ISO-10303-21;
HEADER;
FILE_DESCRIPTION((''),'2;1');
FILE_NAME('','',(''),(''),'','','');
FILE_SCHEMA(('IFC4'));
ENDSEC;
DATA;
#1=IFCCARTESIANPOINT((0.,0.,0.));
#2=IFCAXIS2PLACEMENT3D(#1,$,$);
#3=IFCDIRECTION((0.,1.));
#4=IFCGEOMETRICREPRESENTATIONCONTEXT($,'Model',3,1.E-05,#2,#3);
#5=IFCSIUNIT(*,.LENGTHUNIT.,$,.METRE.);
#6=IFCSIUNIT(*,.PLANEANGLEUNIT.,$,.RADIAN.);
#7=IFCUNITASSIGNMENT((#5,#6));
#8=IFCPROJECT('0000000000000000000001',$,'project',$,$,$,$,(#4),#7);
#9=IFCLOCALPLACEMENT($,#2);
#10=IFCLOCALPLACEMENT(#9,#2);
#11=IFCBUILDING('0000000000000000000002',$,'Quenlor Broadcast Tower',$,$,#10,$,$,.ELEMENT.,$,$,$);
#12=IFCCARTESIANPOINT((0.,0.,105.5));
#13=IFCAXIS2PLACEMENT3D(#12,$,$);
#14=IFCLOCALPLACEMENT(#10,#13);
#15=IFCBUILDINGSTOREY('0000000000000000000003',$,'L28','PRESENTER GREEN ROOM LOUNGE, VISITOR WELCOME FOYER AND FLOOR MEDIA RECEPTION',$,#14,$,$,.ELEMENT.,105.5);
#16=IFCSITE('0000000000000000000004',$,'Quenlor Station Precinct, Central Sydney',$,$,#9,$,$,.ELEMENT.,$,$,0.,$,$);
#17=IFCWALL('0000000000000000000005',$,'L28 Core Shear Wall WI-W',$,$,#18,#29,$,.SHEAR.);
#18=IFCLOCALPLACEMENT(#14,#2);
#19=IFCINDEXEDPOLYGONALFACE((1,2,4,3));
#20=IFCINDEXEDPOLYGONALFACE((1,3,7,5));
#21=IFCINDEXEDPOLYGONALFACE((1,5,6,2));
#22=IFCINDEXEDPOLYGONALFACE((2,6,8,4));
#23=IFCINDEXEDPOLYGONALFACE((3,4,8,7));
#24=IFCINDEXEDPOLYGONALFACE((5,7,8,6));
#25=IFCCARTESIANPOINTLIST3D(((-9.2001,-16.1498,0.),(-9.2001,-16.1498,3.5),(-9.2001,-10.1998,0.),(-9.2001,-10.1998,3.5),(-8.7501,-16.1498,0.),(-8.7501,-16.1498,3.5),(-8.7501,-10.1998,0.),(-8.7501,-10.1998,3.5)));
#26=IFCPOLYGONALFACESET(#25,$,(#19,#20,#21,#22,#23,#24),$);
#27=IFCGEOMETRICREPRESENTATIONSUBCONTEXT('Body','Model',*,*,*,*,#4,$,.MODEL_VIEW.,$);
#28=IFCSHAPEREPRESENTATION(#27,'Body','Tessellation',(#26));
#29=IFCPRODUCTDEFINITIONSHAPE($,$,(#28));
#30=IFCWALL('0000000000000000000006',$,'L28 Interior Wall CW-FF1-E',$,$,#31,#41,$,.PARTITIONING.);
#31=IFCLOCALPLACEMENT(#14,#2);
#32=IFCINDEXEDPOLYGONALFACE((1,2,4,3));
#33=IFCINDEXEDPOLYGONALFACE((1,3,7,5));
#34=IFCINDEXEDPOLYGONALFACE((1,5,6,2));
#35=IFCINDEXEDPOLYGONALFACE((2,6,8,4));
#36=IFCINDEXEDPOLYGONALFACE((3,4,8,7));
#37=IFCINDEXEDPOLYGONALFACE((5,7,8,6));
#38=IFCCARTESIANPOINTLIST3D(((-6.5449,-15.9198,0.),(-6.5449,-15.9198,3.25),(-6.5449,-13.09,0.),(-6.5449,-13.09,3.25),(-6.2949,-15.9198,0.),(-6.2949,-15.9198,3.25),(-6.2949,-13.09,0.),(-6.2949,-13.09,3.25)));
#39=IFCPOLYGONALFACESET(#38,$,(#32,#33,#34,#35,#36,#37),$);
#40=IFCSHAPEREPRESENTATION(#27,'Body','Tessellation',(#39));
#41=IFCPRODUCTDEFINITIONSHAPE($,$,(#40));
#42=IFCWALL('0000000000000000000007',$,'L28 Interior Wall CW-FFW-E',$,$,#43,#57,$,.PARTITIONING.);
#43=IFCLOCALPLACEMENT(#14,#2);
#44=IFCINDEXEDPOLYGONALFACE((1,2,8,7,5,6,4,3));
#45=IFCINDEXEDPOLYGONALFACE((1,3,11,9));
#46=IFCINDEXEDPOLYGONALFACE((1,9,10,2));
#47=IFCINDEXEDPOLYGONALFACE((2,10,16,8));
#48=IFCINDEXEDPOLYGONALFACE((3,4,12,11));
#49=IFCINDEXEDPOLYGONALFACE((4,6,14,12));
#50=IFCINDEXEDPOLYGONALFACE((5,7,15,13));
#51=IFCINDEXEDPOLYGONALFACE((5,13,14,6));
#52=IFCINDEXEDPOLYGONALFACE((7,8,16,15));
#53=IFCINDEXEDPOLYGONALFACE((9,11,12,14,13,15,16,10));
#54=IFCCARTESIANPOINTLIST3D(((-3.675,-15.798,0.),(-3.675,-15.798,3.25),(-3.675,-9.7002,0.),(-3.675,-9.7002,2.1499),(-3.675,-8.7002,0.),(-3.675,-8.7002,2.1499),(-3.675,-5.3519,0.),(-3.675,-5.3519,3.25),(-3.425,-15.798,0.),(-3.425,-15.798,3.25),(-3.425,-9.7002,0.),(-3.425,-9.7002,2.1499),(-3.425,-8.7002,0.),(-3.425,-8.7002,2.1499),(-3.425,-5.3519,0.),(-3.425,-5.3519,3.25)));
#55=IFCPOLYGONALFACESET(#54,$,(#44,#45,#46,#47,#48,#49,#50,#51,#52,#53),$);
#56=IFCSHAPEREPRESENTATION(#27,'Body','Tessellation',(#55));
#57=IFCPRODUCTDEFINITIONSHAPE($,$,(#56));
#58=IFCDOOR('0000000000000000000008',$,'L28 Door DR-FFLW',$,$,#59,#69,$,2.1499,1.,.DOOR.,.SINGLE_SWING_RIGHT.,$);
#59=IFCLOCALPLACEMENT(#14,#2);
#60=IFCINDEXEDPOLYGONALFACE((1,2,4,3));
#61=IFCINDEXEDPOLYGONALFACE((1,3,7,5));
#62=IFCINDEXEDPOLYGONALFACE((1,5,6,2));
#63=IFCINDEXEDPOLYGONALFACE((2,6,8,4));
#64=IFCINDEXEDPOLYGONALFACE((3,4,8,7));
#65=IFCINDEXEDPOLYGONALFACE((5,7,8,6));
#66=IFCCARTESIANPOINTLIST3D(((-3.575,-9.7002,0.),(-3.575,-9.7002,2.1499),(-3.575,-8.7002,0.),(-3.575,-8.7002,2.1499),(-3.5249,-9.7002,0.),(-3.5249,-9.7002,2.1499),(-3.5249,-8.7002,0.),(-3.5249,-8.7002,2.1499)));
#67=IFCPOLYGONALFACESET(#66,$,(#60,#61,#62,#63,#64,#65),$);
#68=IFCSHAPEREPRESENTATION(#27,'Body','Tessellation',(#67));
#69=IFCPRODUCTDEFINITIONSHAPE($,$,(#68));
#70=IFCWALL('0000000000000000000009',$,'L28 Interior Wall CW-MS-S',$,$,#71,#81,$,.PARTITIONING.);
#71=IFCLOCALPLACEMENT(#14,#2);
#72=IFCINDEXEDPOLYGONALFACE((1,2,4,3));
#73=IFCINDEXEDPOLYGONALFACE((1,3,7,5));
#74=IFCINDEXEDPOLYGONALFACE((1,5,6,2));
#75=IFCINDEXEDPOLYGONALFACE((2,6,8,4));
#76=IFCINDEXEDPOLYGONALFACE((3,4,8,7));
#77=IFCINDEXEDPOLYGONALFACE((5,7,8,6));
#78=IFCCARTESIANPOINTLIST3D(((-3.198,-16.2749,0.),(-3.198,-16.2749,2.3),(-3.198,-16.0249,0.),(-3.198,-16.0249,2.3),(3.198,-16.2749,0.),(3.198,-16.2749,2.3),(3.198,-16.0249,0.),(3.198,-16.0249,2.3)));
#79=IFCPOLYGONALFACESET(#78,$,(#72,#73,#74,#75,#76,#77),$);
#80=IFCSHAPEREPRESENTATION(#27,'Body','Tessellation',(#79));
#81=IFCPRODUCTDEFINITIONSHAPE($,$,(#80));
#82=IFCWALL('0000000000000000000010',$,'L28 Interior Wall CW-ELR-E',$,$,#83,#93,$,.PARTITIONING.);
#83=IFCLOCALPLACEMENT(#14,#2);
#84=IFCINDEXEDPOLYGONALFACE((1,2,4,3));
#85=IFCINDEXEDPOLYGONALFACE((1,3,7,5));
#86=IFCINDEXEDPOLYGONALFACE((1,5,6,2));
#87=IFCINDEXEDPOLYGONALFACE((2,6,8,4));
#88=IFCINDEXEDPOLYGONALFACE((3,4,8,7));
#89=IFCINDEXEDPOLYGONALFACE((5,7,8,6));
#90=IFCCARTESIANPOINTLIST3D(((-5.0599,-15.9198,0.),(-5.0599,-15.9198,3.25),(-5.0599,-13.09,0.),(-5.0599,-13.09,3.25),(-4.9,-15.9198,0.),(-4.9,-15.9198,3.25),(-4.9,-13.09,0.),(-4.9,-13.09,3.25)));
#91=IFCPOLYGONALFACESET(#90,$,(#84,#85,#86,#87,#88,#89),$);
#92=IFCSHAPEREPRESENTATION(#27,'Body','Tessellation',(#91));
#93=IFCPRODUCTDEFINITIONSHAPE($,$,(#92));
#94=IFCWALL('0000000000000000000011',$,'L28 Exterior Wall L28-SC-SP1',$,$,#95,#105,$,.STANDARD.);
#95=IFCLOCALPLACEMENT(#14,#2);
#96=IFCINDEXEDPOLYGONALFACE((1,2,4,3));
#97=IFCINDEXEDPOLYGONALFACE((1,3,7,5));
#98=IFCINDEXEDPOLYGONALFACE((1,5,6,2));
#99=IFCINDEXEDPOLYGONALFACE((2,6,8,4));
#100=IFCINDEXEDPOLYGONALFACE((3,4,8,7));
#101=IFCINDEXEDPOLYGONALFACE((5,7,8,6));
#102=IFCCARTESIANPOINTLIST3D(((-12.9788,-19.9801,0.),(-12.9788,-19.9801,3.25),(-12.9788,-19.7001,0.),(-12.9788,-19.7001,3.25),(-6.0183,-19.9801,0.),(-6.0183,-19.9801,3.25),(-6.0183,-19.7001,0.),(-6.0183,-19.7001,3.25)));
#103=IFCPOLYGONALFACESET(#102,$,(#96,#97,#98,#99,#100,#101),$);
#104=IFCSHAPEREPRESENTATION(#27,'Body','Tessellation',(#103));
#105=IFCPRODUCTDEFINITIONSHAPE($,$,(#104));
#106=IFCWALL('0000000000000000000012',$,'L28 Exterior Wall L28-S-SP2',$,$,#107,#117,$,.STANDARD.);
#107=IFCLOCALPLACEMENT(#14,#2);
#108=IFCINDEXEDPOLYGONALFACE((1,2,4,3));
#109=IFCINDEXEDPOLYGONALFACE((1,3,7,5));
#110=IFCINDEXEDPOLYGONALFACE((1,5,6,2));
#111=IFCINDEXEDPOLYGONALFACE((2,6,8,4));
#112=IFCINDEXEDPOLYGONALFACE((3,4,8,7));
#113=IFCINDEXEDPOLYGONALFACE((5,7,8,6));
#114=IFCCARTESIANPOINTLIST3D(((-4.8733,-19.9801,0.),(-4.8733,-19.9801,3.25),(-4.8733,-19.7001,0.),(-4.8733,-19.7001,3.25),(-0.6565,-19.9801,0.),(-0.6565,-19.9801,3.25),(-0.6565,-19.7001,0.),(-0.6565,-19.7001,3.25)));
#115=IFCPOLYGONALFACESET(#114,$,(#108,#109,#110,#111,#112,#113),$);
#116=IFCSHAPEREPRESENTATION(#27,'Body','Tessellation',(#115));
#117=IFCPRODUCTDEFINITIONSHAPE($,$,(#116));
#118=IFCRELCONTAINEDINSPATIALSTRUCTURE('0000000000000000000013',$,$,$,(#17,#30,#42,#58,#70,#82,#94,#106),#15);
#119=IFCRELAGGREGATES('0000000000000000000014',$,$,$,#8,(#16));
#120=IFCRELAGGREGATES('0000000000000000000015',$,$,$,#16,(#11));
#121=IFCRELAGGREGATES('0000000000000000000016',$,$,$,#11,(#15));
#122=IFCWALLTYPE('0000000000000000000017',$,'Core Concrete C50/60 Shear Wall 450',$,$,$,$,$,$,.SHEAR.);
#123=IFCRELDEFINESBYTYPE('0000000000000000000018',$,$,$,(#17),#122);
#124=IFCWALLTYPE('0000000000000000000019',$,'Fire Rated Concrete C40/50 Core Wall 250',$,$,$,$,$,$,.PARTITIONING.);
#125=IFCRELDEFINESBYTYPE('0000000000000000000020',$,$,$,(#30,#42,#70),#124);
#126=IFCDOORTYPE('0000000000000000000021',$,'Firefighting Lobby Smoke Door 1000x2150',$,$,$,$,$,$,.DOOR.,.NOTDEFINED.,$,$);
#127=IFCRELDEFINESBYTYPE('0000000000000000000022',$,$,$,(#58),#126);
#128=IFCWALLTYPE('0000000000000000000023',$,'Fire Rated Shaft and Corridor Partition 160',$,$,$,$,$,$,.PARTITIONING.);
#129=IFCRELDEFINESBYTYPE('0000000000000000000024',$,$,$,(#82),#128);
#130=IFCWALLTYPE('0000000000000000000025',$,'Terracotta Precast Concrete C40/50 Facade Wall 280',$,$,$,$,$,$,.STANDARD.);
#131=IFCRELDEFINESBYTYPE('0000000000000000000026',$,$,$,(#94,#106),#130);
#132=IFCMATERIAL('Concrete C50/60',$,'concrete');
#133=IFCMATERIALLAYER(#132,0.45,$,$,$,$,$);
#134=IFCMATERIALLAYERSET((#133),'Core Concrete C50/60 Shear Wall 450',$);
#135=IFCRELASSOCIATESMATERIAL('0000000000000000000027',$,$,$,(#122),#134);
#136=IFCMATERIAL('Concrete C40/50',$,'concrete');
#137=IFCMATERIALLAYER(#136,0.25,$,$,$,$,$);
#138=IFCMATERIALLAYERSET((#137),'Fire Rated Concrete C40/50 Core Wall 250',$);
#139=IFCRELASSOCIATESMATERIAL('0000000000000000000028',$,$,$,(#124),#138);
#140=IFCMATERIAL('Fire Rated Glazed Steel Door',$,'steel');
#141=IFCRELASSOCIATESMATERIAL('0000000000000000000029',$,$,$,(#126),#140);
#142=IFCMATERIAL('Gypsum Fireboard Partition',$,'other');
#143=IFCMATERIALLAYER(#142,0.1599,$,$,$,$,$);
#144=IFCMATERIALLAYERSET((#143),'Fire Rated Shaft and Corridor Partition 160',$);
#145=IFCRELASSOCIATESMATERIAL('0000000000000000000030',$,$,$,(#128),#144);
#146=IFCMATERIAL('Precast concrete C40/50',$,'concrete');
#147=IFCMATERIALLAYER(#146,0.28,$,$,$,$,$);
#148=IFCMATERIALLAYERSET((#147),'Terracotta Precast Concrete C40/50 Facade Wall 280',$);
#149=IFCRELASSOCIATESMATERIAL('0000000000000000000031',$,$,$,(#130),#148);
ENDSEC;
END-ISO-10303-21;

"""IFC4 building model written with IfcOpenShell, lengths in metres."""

from ifc_helpers import new_model, si_unit, direction, frame, frame_2d, origin, place, context, subcontext, project, spatial, rectangle, extrude, material, layer, layer_set, type_object, element, fill, save


model = new_model("IFC4")

# Units and contexts
model_context = context("Model", 3, precision=1e-05, world=origin(), true_north=direction((0.0, 1.0)))
body_context = subcontext(model_context, "Body", "Model", "MODEL_VIEW")
ifc_project = project(units=[si_unit("LENGTHUNIT", "METRE"), si_unit("PLANEANGLEUNIT", "RADIAN")], contexts=[model_context])

# Site, building, storey
site_placement = place(None, origin())
site = spatial("IfcSite", under=ifc_project, at=site_placement, Name="Quenlor Station Precinct, Central Sydney", CompositionType="ELEMENT", RefElevation=0.0)
building_placement = place(site_placement, origin())
building = spatial("IfcBuilding", under=site, at=building_placement, Name="Quenlor Broadcast Tower", CompositionType="ELEMENT")
storey_placement = place(building_placement, frame((0.0, 0.0, 105.5)))
storey = spatial("IfcBuildingStorey", under=building, at=storey_placement, Name="L28", Description="PRESENTER GREEN ROOM LOUNGE, VISITOR WELCOME FOYER AND FLOOR MEDIA RECEPTION", CompositionType="ELEMENT", Elevation=105.5)

# Walls
ifc_material_1 = material(Name="Concrete C50/60", Category="concrete")
ifc_layer_1 = layer(ifc_material_1, 0.45)
ifc_layer_set_1 = layer_set([ifc_layer_1], Name="Core Concrete C50/60 Shear Wall 450")
wall_type_1 = type_object("IfcWallType", Name="Core Concrete C50/60 Shear Wall 450", PredefinedType="SHEAR", material=ifc_layer_set_1)
wall_1_placement = place(storey_placement, frame((-8.9751, -16.1499, 0.0), z_axis=(0.0, 0.0, 1.0), x_axis=(0.0, 1.0, 0.0)))
element("IfcWall", 1, at=wall_1_placement, inside=storey, type_object=wall_type_1, Name="L28 Core Shear Wall WI-W", PredefinedType="SHEAR", context=body_context, shape_type="SweptSolid", body=[
    extrude(rectangle(XDim=5.95, YDim=0.45, at=frame_2d((2.9751, 0.0))), origin(), (0.0, 0.0, 1.0), 3.5),
])
ifc_material_2 = material(Name="Concrete C40/50", Category="concrete")
ifc_layer_2 = layer(ifc_material_2, 0.25)
ifc_layer_set_2 = layer_set([ifc_layer_2], Name="Fire Rated Concrete C40/50 Core Wall 250")
wall_type_2 = type_object("IfcWallType", Name="Fire Rated Concrete C40/50 Core Wall 250", PredefinedType="PARTITIONING", material=ifc_layer_set_2)
wall_2_placement = place(storey_placement, frame((-6.4199, -15.9199, 0.0), z_axis=(0.0, 0.0, 1.0), x_axis=(0.0, 1.0, 0.0)))
element("IfcWall", 2, at=wall_2_placement, inside=storey, type_object=wall_type_2, Name="L28 Interior Wall CW-FF1-E", PredefinedType="PARTITIONING", context=body_context, shape_type="SweptSolid", body=[
    extrude(rectangle(XDim=2.8298, YDim=0.25, at=frame_2d((1.415, 0.0))), origin(), (0.0, 0.0, 1.0), 3.25),
])

# Wall, opening, door
wall_3_placement = place(storey_placement, frame((-3.55, -15.7981, 0.0), z_axis=(0.0, 0.0, 1.0), x_axis=(0.0, 1.0, 0.0)))
wall_3 = element("IfcWall", 3, at=wall_3_placement, inside=storey, type_object=wall_type_2, Name="L28 Interior Wall CW-FFW-E", PredefinedType="PARTITIONING", context=body_context, shape_type="SweptSolid", body=[
    extrude(rectangle(XDim=10.446, YDim=0.25, at=frame_2d((5.2231, 0.0))), origin(), (0.0, 0.0, 1.0), 3.25),
])
opening_1_placement = place(wall_3_placement, frame((6.0979, 0.0, 0.0)))
opening_1 = element("IfcOpeningElement", 4, at=opening_1_placement, cuts=wall_3, PredefinedType="OPENING", context=body_context, shape_type="SweptSolid", body=[
    extrude(rectangle(XDim=1.0, YDim=2.1499, at=frame_2d((0.5, 1.075))), frame((0.0, 0.135, 0.0), z_axis=(0.0, -1.0, 0.0), x_axis=(1.0, 0.0, 0.0)), (0.0, 0.0, 1.0), 0.27),
])
ifc_material_3 = material(Name="Fire Rated Glazed Steel Door", Category="steel")
door_type_1 = type_object("IfcDoorType", Name="Firefighting Lobby Smoke Door 1000x2150", OperationType="NOTDEFINED", PredefinedType="DOOR", material=ifc_material_3)
door_1_placement = place(opening_1_placement, origin())
door_1 = element("IfcDoor", 5, at=door_1_placement, inside=storey, type_object=door_type_1, Name="L28 Door DR-FFLW", OperationType="SINGLE_SWING_RIGHT", OverallHeight=2.1499, OverallWidth=1.0, PredefinedType="DOOR", context=body_context, shape_type="SweptSolid", body=[
    extrude(rectangle(XDim=1.0, YDim=2.1499, at=frame_2d((0.5, 1.075))), frame((0.0, 0.0249, 0.0), z_axis=(0.0, -1.0, 0.0), x_axis=(1.0, 0.0, 0.0)), (0.0, 0.0, 1.0), 0.05),
])
fill(opening_1, door_1)

# Walls
wall_4_placement = place(storey_placement, frame((-3.198, -16.1499, 0.0), z_axis=(0.0, 0.0, 1.0), x_axis=(1.0, 0.0, 0.0)))
element("IfcWall", 6, at=wall_4_placement, inside=storey, type_object=wall_type_2, Name="L28 Interior Wall CW-MS-S", PredefinedType="PARTITIONING", context=body_context, shape_type="SweptSolid", body=[
    extrude(rectangle(XDim=6.396, YDim=0.25, at=frame_2d((3.198, 0.0))), origin(), (0.0, 0.0, 1.0), 2.3),
])
ifc_material_4 = material(Name="Gypsum Fireboard Partition", Category="other")
ifc_layer_3 = layer(ifc_material_4, 0.1599)
ifc_layer_set_3 = layer_set([ifc_layer_3], Name="Fire Rated Shaft and Corridor Partition 160")
wall_type_3 = type_object("IfcWallType", Name="Fire Rated Shaft and Corridor Partition 160", PredefinedType="PARTITIONING", material=ifc_layer_set_3)
wall_5_placement = place(storey_placement, frame((-4.98, -15.9199, 0.0), z_axis=(0.0, 0.0, 1.0), x_axis=(0.0, 1.0, 0.0)))
element("IfcWall", 7, at=wall_5_placement, inside=storey, type_object=wall_type_3, Name="L28 Interior Wall CW-ELR-E", PredefinedType="PARTITIONING", context=body_context, shape_type="SweptSolid", body=[
    extrude(rectangle(XDim=2.8298, YDim=0.1599, at=frame_2d((1.415, 0.0))), origin(), (0.0, 0.0, 1.0), 3.25),
])

# Walls
ifc_material_5 = material(Name="Precast concrete C40/50", Category="concrete")
ifc_layer_4 = layer(ifc_material_5, 0.28)
ifc_layer_set_4 = layer_set([ifc_layer_4], Name="Terracotta Precast Concrete C40/50 Facade Wall 280")
wall_type_4 = type_object("IfcWallType", Name="Terracotta Precast Concrete C40/50 Facade Wall 280", PredefinedType="STANDARD", material=ifc_layer_set_4)
wall_6_placement = place(storey_placement, frame((-6.0183, -19.8401, 0.0), z_axis=(0.0, 0.0, 1.0), x_axis=(-1.0, 0.0, 0.0)))
element("IfcWall", 8, at=wall_6_placement, inside=storey, type_object=wall_type_4, Name="L28 Exterior Wall L28-SC-SP1", PredefinedType="STANDARD", context=body_context, shape_type="SweptSolid", body=[
    extrude(rectangle(XDim=6.9604, YDim=0.28, at=frame_2d((3.4802, 0.0))), origin(), (0.0, 0.0, 1.0), 3.25),
])
wall_7_placement = place(storey_placement, frame((-0.6565, -19.8401, 0.0), z_axis=(0.0, 0.0, 1.0), x_axis=(-1.0, 0.0, 0.0)))
element("IfcWall", 9, at=wall_7_placement, inside=storey, type_object=wall_type_4, Name="L28 Exterior Wall L28-S-SP2", PredefinedType="STANDARD", context=body_context, shape_type="SweptSolid", body=[
    extrude(rectangle(XDim=4.2168, YDim=0.28, at=frame_2d((2.1084, 0.0))), origin(), (0.0, 0.0, 1.0), 3.25),
])

save(model, "model.ifc")
